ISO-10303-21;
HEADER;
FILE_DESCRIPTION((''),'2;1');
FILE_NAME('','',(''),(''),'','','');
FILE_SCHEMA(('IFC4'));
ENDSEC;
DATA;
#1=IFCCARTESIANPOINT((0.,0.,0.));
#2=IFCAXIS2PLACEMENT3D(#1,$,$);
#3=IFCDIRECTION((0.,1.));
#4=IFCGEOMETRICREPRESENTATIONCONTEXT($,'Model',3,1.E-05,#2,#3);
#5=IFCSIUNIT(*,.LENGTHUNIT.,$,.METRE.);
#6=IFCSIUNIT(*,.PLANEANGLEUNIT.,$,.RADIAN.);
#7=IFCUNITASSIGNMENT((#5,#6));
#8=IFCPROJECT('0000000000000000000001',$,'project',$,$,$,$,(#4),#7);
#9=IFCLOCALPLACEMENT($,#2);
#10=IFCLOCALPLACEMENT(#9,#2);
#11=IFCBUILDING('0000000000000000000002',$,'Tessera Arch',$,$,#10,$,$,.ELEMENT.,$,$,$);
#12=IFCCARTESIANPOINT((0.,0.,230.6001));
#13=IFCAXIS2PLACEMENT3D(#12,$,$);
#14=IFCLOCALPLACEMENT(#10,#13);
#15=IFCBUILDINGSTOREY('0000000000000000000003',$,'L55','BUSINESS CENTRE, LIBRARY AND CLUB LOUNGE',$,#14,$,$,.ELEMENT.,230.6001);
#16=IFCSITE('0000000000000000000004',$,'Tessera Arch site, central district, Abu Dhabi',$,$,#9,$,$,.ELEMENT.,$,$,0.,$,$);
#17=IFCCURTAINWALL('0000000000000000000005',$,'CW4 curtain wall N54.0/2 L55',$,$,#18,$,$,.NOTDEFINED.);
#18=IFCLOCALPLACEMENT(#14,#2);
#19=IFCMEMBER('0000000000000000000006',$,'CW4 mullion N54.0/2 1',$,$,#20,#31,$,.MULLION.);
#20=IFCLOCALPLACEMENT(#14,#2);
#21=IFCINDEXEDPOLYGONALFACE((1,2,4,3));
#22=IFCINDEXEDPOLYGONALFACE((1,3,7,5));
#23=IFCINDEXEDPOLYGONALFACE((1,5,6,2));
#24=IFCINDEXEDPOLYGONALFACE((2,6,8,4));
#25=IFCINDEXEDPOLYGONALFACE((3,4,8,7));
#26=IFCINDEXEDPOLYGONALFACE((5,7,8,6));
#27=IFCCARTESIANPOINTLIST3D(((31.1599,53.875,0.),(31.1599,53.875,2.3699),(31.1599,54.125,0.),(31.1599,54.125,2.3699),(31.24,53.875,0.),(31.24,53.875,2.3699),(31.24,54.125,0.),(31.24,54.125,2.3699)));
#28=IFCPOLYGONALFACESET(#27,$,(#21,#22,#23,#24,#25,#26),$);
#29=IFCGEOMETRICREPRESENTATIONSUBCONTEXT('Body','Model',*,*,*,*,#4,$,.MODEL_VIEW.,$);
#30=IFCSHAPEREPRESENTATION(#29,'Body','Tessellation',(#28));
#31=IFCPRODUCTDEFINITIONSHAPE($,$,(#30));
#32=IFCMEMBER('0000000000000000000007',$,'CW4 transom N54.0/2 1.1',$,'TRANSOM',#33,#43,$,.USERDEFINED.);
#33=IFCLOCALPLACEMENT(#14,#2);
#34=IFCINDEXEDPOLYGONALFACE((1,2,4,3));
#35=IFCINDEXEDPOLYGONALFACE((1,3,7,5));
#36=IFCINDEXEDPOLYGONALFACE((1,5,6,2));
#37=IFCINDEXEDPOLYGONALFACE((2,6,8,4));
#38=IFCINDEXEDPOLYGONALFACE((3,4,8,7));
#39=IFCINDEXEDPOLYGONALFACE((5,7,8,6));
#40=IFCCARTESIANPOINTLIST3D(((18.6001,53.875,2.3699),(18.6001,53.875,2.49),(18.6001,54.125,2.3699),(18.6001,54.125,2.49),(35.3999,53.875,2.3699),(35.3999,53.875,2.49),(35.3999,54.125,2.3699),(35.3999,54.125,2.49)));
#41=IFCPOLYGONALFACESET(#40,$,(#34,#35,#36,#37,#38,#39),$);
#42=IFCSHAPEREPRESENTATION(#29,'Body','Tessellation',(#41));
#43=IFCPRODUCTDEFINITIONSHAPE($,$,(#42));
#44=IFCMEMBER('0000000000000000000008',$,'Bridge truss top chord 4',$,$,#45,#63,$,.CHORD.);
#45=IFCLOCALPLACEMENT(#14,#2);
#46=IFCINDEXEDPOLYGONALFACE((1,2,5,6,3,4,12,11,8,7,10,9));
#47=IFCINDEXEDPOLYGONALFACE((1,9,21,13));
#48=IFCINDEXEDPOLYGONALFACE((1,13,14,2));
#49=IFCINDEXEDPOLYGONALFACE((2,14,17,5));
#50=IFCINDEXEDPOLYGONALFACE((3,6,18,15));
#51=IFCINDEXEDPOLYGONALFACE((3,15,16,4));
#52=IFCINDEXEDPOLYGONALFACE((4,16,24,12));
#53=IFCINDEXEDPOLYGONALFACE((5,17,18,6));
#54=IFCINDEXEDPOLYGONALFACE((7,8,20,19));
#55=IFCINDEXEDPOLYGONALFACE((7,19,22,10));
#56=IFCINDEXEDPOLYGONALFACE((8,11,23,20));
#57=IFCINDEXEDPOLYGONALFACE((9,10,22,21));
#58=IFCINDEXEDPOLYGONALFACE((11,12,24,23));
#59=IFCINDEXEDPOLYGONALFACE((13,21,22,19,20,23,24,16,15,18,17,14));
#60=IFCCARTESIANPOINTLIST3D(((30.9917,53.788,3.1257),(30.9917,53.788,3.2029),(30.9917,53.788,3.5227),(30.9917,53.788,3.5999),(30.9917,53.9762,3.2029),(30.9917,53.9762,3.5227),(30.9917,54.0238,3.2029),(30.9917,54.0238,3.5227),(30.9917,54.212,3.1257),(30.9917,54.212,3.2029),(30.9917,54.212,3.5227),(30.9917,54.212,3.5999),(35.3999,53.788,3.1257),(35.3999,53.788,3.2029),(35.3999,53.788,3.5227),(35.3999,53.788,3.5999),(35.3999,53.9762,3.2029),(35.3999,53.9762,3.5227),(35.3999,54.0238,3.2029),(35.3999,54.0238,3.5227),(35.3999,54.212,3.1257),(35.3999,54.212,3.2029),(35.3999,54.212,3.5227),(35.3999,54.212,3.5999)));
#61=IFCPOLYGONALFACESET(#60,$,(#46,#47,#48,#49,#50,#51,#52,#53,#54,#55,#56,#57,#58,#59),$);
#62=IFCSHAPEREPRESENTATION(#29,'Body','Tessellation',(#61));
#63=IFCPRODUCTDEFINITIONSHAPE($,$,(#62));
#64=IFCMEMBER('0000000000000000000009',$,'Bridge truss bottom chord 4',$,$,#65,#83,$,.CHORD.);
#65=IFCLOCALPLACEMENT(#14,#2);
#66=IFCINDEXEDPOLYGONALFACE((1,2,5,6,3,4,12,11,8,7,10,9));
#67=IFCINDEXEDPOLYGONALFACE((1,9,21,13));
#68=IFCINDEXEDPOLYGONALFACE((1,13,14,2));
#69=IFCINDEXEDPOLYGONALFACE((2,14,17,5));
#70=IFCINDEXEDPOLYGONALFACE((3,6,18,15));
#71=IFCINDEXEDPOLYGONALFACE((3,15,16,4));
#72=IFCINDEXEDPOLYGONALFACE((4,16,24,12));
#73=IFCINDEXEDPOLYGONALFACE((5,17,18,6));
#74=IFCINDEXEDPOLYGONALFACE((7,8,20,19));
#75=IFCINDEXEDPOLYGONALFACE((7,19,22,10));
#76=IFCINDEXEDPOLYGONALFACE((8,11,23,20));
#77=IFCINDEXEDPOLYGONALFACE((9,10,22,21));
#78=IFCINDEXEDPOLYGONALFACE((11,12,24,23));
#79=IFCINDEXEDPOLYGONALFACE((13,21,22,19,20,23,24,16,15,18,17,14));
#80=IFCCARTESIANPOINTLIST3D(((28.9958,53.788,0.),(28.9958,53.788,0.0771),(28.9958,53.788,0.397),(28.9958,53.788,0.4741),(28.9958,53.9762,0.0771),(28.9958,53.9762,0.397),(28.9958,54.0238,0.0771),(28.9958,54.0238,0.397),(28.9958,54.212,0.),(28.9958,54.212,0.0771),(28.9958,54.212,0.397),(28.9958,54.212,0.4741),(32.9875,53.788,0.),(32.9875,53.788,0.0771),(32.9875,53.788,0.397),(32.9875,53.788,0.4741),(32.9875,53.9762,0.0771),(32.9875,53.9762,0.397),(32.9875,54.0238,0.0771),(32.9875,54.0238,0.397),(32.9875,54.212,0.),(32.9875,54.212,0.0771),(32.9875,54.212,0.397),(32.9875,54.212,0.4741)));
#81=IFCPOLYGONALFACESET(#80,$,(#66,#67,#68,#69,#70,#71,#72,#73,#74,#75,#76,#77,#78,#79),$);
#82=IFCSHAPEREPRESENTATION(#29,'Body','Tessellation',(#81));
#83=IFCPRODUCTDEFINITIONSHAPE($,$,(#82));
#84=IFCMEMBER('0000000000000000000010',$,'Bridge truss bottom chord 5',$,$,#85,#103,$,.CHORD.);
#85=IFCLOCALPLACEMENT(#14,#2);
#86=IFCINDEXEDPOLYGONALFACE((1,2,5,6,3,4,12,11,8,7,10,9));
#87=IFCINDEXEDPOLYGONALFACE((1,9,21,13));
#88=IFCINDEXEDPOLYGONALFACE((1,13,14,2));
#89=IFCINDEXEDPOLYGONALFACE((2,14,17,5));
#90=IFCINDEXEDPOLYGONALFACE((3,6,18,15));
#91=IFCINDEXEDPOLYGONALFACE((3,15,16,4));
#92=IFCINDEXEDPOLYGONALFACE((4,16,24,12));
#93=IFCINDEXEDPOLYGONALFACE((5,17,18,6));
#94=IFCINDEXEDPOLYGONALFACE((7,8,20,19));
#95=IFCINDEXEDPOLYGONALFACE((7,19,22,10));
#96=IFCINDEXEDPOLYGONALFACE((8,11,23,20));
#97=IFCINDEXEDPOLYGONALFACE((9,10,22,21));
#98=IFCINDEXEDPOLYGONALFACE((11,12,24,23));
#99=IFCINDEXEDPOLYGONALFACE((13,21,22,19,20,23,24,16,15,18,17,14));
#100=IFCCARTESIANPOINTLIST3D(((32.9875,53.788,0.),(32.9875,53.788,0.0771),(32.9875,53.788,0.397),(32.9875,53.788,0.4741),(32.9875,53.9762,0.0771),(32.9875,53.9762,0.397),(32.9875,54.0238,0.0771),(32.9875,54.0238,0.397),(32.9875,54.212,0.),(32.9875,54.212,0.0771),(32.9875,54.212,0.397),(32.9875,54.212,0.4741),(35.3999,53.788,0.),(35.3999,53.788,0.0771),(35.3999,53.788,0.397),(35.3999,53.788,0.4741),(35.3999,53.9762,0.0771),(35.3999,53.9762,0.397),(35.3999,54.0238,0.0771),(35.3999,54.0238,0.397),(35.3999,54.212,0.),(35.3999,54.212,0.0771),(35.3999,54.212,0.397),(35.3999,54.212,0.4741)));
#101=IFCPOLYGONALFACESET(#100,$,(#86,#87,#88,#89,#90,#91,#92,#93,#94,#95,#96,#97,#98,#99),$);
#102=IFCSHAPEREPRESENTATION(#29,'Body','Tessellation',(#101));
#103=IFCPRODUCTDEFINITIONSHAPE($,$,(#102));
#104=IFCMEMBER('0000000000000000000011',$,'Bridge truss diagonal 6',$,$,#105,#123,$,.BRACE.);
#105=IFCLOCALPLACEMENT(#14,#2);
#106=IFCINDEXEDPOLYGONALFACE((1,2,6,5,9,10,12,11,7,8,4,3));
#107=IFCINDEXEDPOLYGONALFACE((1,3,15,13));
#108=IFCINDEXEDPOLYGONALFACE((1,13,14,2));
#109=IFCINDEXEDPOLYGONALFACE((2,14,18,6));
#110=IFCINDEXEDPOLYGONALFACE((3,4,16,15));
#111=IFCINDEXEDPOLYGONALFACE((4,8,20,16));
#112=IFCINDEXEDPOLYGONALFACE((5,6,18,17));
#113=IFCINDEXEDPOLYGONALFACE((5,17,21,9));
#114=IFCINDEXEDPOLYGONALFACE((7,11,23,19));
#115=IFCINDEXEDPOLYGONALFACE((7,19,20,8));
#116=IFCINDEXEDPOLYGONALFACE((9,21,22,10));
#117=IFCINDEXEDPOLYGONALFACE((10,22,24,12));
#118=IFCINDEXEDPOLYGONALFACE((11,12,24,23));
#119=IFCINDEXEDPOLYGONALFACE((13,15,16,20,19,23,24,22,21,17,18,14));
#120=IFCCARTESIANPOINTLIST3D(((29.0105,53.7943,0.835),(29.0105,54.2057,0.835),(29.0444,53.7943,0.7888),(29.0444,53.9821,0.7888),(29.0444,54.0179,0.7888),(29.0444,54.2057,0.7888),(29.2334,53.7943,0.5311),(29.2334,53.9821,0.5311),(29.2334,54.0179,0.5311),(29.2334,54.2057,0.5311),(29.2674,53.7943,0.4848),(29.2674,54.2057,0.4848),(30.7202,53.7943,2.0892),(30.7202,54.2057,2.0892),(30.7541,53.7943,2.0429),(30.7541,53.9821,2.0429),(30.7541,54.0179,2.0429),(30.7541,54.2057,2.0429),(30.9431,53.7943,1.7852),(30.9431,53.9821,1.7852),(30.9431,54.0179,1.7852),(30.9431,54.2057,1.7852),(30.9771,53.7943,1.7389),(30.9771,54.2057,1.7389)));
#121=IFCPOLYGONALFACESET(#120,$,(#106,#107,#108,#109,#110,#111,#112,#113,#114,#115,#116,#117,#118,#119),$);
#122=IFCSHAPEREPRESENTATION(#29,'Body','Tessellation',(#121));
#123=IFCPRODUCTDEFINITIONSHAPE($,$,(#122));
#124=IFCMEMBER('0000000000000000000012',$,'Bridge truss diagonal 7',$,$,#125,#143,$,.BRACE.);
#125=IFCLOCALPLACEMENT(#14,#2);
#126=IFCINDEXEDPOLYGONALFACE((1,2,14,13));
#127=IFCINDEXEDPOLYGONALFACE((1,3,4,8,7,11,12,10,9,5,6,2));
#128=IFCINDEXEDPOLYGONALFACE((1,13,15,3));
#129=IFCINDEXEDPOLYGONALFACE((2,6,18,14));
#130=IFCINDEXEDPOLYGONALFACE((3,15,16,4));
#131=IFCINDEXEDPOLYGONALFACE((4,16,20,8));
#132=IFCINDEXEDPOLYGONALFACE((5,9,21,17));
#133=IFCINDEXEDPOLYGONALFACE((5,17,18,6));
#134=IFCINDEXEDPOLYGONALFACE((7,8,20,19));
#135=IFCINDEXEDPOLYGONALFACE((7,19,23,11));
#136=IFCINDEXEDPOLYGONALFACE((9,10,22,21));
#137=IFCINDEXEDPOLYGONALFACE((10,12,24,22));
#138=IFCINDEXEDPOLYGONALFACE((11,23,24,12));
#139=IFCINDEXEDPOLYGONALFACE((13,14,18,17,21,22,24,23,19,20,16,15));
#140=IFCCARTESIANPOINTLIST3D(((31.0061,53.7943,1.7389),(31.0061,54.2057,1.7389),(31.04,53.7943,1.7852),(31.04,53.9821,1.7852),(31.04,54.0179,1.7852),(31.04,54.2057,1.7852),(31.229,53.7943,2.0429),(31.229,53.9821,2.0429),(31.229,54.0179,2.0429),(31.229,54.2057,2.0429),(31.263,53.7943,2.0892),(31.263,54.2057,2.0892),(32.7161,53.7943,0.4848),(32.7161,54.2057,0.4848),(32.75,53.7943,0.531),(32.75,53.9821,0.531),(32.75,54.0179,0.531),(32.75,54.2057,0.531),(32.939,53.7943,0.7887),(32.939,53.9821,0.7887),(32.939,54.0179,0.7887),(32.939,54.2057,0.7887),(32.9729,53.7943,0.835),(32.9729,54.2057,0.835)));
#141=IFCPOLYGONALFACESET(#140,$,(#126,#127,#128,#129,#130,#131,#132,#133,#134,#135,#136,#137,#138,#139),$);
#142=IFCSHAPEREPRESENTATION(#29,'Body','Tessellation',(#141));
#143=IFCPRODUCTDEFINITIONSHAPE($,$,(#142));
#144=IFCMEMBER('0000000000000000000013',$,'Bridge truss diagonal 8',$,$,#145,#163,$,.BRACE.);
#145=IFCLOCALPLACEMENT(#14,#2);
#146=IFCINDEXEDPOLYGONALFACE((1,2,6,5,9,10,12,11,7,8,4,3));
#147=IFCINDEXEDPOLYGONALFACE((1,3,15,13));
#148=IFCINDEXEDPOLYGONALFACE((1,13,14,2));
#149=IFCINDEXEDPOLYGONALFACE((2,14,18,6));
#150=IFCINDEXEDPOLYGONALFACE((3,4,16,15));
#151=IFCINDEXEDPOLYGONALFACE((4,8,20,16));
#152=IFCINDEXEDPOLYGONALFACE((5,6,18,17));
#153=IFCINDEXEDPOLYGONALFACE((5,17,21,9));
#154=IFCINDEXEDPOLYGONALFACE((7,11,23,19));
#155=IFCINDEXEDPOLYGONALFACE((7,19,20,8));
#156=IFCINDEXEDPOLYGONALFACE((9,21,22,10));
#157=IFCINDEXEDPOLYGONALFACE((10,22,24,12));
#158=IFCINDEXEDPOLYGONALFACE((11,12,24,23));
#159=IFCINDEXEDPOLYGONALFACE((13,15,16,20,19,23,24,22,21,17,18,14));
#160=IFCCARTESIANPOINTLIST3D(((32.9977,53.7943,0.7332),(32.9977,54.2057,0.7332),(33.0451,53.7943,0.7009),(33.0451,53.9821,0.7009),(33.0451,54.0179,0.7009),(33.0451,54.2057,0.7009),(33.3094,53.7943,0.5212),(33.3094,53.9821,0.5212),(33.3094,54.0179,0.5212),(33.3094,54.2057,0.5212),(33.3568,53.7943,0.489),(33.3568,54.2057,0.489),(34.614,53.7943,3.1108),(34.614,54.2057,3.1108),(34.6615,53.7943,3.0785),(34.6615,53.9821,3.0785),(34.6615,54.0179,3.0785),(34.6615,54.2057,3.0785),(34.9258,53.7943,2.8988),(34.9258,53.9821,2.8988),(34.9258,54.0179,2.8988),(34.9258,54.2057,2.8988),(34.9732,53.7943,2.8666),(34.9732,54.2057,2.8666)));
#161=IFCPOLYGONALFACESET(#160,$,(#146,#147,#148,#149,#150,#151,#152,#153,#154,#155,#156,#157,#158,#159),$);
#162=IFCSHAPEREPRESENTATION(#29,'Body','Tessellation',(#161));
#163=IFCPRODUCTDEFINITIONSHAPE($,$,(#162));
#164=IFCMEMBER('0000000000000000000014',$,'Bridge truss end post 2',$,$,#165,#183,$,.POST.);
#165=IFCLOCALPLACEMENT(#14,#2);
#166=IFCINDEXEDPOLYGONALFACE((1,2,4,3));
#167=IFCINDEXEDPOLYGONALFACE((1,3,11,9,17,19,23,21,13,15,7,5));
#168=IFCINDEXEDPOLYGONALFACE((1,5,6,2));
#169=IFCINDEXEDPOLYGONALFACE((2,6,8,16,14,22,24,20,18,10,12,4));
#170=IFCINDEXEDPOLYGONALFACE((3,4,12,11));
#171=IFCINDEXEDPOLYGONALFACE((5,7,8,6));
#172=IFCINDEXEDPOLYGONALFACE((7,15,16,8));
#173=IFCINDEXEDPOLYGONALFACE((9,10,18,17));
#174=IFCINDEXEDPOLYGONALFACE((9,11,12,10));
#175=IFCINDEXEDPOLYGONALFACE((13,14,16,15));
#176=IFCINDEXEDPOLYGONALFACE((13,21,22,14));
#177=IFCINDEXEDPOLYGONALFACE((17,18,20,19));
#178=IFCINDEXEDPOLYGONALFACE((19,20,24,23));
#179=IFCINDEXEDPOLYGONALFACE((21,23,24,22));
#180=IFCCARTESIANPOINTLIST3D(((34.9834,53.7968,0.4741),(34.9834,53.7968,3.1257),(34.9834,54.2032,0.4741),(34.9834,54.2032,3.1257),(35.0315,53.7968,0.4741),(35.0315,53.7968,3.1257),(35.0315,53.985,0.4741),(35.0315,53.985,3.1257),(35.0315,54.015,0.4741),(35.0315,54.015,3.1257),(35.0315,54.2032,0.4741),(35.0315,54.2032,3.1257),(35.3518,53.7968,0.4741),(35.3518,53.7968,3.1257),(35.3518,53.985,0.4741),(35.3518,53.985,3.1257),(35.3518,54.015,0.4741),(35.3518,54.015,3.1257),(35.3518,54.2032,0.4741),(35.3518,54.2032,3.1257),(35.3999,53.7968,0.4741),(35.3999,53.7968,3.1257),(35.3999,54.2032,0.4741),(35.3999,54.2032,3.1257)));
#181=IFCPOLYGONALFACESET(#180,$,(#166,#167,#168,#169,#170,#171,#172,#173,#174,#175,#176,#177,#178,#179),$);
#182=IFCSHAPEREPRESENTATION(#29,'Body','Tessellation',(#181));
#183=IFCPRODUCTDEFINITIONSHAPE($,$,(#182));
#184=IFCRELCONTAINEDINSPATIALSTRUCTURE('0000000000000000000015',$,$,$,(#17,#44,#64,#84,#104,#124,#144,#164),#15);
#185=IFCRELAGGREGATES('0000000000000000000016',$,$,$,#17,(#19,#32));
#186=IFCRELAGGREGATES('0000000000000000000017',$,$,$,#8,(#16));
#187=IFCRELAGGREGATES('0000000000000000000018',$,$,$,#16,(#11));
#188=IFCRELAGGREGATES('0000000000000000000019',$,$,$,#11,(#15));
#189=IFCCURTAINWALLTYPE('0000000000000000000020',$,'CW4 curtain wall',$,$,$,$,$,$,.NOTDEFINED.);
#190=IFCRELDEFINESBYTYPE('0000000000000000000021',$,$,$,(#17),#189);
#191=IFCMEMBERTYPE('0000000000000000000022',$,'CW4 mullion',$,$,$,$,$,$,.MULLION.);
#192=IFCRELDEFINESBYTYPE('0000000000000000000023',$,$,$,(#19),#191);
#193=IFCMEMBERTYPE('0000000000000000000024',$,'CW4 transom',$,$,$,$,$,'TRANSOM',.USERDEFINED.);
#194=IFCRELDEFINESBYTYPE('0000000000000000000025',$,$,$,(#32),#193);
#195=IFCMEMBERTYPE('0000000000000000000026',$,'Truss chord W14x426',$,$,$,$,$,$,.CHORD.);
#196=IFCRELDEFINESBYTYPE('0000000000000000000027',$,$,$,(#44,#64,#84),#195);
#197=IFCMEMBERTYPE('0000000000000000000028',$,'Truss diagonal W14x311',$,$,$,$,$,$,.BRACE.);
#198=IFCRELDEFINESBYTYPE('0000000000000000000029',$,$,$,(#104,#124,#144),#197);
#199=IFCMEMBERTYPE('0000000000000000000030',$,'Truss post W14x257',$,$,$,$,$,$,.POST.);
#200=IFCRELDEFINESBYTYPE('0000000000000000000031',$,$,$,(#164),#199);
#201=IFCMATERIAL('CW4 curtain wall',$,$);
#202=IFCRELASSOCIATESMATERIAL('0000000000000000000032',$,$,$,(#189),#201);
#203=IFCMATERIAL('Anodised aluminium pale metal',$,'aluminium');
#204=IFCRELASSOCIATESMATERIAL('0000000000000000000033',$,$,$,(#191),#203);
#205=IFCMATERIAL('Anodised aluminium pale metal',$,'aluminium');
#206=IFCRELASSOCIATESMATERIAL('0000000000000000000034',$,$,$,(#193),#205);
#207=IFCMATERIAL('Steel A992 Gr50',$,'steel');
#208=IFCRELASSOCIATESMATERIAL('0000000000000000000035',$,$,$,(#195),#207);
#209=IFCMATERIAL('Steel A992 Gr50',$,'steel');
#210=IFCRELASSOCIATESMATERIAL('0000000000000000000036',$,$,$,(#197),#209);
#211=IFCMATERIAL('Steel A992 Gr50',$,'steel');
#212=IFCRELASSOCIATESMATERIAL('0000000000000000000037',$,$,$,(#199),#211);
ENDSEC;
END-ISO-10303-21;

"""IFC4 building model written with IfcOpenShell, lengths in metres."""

from ifc_helpers import new_model, si_unit, direction, frame, origin, origin_2d, place, context, subcontext, project, spatial, rectangle, i_section, extrude, material, material_profile, profile_set, type_object, element, aggregate, save


model = new_model("IFC4")

# Units and contexts
model_context = context("Model", 3, precision=1e-05, world=origin(), true_north=direction((0.0, 1.0)))
body_context = subcontext(model_context, "Body", "Model", "MODEL_VIEW")
ifc_project = project(units=[si_unit("LENGTHUNIT", "METRE"), si_unit("PLANEANGLEUNIT", "RADIAN")], contexts=[model_context])

# Site, building, storey
site_placement = place(None, origin())
site = spatial("IfcSite", under=ifc_project, at=site_placement, Name="Tessera Arch site, central district, Abu Dhabi", CompositionType="ELEMENT", RefElevation=0.0)
building_placement = place(site_placement, origin())
building = spatial("IfcBuilding", under=site, at=building_placement, Name="Tessera Arch", CompositionType="ELEMENT")
storey_placement = place(building_placement, frame((0.0, 0.0, 230.6001)))
storey = spatial("IfcBuildingStorey", under=building, at=storey_placement, Name="L55", Description="BUSINESS CENTRE, LIBRARY AND CLUB LOUNGE", CompositionType="ELEMENT", Elevation=230.6001)

# Curtain wall, members
ifc_material_1 = material(Name="CW4 curtain wall")
curtain_wall_type = type_object("IfcCurtainWallType", Name="CW4 curtain wall", PredefinedType="NOTDEFINED", material=ifc_material_1)
curtain_wall_placement = place(storey_placement, origin())
curtain_wall = element("IfcCurtainWall", 1, at=curtain_wall_placement, inside=storey, type_object=curtain_wall_type, Name="CW4 curtain wall N54.0/2 L55", PredefinedType="NOTDEFINED")
ifc_material_2 = material(Name="Anodised aluminium pale metal", Category="aluminium")
ifc_material_profile_1 = material_profile(ifc_material_2, rectangle(XDim=0.25, YDim=0.0801, at=origin_2d()), Name="AL 80x250")
ifc_profile_set_1 = profile_set([ifc_material_profile_1], Name="Anodised aluminium pale metal")
member_type_1 = type_object("IfcMemberType", Name="CW4 mullion", PredefinedType="MULLION", material=ifc_profile_set_1)
member_1_placement = place(storey_placement, frame((31.2, 54.0, 0.0), z_axis=(0.0, 0.0, 1.0), x_axis=(0.0, -1.0, 0.0)))
member_1 = element("IfcMember", 2, at=member_1_placement, type_object=member_type_1, Name="CW4 mullion N54.0/2 1", PredefinedType="MULLION", context=body_context, shape_type="SweptSolid", body=[
    extrude(rectangle(XDim=0.25, YDim=0.0801, at=origin_2d()), origin(), (0.0, 0.0, 1.0), 2.3699),
])
ifc_material_3 = material(Name="Anodised aluminium pale metal", Category="aluminium")
ifc_material_profile_2 = material_profile(ifc_material_3, rectangle(XDim=0.25, YDim=0.1201, at=origin_2d()), Name="AL 250x120")
ifc_profile_set_2 = profile_set([ifc_material_profile_2], Name="Anodised aluminium pale metal")
member_type_2 = type_object("IfcMemberType", Name="CW4 transom", ElementType="TRANSOM", PredefinedType="USERDEFINED", material=ifc_profile_set_2)
member_2_placement = place(storey_placement, frame((35.3999, 54.0, 2.4299), z_axis=(-1.0, 0.0, 0.0), x_axis=(0.0, -1.0, 0.0)))
member_2 = element("IfcMember", 3, at=member_2_placement, type_object=member_type_2, Name="CW4 transom N54.0/2 1.1", ObjectType="TRANSOM", PredefinedType="USERDEFINED", context=body_context, shape_type="SweptSolid", body=[
    extrude(rectangle(XDim=0.25, YDim=0.1201, at=origin_2d()), origin(), (0.0, 0.0, 1.0), 16.7998),
])

# Members
ifc_material_4 = material(Name="Steel A992 Gr50", Category="steel")
ifc_material_profile_3 = material_profile(ifc_material_4, i_section(OverallWidth=0.4241, OverallDepth=0.4741, WebThickness=0.0476, FlangeThickness=0.0771, at=origin_2d()), Name="W14x426")
ifc_profile_set_3 = profile_set([ifc_material_profile_3], Name="Steel A992 Gr50")
member_type_3 = type_object("IfcMemberType", Name="Truss chord W14x426", PredefinedType="CHORD", material=ifc_profile_set_3)
member_3_placement = place(storey_placement, frame((30.9917, 54.0, 3.3628), z_axis=(1.0, 0.0, 0.0), x_axis=(0.0, 1.0, 0.0)))
element("IfcMember", 4, at=member_3_placement, inside=storey, type_object=member_type_3, Name="Bridge truss top chord 4", PredefinedType="CHORD", context=body_context, shape_type="SweptSolid", body=[
    extrude(i_section(OverallWidth=0.4241, OverallDepth=0.4741, WebThickness=0.0476, FlangeThickness=0.0771, at=origin_2d()), origin(), (0.0, 0.0, 1.0), 4.4082),
])
member_4_placement = place(storey_placement, frame((28.9958, 54.0, 0.2371), z_axis=(1.0, 0.0, 0.0), x_axis=(0.0, 1.0, 0.0)))
element("IfcMember", 5, at=member_4_placement, inside=storey, type_object=member_type_3, Name="Bridge truss bottom chord 4", PredefinedType="CHORD", context=body_context, shape_type="SweptSolid", body=[
    extrude(i_section(OverallWidth=0.4241, OverallDepth=0.4741, WebThickness=0.0476, FlangeThickness=0.0771, at=origin_2d()), origin(), (0.0, 0.0, 1.0), 3.9917),
])
member_5_placement = place(storey_placement, frame((32.9875, 54.0, 0.2371), z_axis=(1.0, 0.0, 0.0), x_axis=(0.0, 1.0, 0.0)))
element("IfcMember", 6, at=member_5_placement, inside=storey, type_object=member_type_3, Name="Bridge truss bottom chord 5", PredefinedType="CHORD", context=body_context, shape_type="SweptSolid", body=[
    extrude(i_section(OverallWidth=0.4241, OverallDepth=0.4741, WebThickness=0.0476, FlangeThickness=0.0771, at=origin_2d()), origin(), (0.0, 0.0, 1.0), 2.4124),
])
ifc_material_5 = material(Name="Steel A992 Gr50", Category="steel")
ifc_material_profile_4 = material_profile(ifc_material_5, i_section(OverallWidth=0.4114, OverallDepth=0.4343, WebThickness=0.0359, FlangeThickness=0.0574, at=origin_2d()), Name="W14x311")
ifc_profile_set_4 = profile_set([ifc_material_profile_4], Name="Steel A992 Gr50")
member_type_4 = type_object("IfcMemberType", Name="Truss diagonal W14x311", PredefinedType="BRACE", material=ifc_profile_set_4)
member_6_placement = place(storey_placement, frame((29.1389, 54.0, 0.6599), z_axis=(0.806324, 0.0, 0.591473), x_axis=(0.0, 1.0, 0.0)))
element("IfcMember", 7, at=member_6_placement, inside=storey, type_object=member_type_4, Name="Bridge truss diagonal 6", PredefinedType="BRACE", context=body_context, shape_type="SweptSolid", body=[
    extrude(i_section(OverallWidth=0.4114, OverallDepth=0.4343, WebThickness=0.0359, FlangeThickness=0.0574, at=origin_2d()), origin(), (0.0, 0.0, 1.0), 2.1204),
])
member_7_placement = place(storey_placement, frame((31.1345, 54.0, 1.9141), z_axis=(0.806365, 0.0, -0.591419), x_axis=(0.0, 1.0, 0.0)))
element("IfcMember", 8, at=member_7_placement, inside=storey, type_object=member_type_4, Name="Bridge truss diagonal 7", PredefinedType="BRACE", context=body_context, shape_type="SweptSolid", body=[
    extrude(i_section(OverallWidth=0.4114, OverallDepth=0.4343, WebThickness=0.0359, FlangeThickness=0.0574, at=origin_2d()), origin(), (0.0, 0.0, 1.0), 2.1206),
])
member_8_placement = place(storey_placement, frame((33.1772, 54.0, 0.6111), z_axis=(0.562222, 0.0, 0.826987), x_axis=(0.0, 1.0, 0.0)))
element("IfcMember", 9, at=member_8_placement, inside=storey, type_object=member_type_4, Name="Bridge truss diagonal 8", PredefinedType="BRACE", context=body_context, shape_type="SweptSolid", body=[
    extrude(i_section(OverallWidth=0.4114, OverallDepth=0.4343, WebThickness=0.0359, FlangeThickness=0.0574, at=origin_2d()), origin(), (0.0, 0.0, 1.0), 2.875),
])
ifc_material_6 = material(Name="Steel A992 Gr50", Category="steel")
ifc_material_profile_5 = material_profile(ifc_material_6, i_section(OverallWidth=0.4065, OverallDepth=0.4165, WebThickness=0.03, FlangeThickness=0.0481, at=origin_2d()), Name="W14x257")
ifc_profile_set_5 = profile_set([ifc_material_profile_5], Name="Steel A992 Gr50")
member_type_5 = type_object("IfcMemberType", Name="Truss post W14x257", PredefinedType="POST", material=ifc_profile_set_5)
member_9_placement = place(storey_placement, frame((35.1917, 54.0, 0.4741), z_axis=(0.0, 0.0, 1.0), x_axis=(0.0, 1.0, 0.0)))
element("IfcMember", 10, at=member_9_placement, inside=storey, type_object=member_type_5, Name="Bridge truss end post 2", PredefinedType="POST", context=body_context, shape_type="SweptSolid", body=[
    extrude(i_section(OverallWidth=0.4065, OverallDepth=0.4165, WebThickness=0.03, FlangeThickness=0.0481, at=origin_2d()), origin(), (0.0, 0.0, 1.0), 2.6516),
])

aggregate(curtain_wall, [member_1, member_2])

save(model, "model.ifc")
